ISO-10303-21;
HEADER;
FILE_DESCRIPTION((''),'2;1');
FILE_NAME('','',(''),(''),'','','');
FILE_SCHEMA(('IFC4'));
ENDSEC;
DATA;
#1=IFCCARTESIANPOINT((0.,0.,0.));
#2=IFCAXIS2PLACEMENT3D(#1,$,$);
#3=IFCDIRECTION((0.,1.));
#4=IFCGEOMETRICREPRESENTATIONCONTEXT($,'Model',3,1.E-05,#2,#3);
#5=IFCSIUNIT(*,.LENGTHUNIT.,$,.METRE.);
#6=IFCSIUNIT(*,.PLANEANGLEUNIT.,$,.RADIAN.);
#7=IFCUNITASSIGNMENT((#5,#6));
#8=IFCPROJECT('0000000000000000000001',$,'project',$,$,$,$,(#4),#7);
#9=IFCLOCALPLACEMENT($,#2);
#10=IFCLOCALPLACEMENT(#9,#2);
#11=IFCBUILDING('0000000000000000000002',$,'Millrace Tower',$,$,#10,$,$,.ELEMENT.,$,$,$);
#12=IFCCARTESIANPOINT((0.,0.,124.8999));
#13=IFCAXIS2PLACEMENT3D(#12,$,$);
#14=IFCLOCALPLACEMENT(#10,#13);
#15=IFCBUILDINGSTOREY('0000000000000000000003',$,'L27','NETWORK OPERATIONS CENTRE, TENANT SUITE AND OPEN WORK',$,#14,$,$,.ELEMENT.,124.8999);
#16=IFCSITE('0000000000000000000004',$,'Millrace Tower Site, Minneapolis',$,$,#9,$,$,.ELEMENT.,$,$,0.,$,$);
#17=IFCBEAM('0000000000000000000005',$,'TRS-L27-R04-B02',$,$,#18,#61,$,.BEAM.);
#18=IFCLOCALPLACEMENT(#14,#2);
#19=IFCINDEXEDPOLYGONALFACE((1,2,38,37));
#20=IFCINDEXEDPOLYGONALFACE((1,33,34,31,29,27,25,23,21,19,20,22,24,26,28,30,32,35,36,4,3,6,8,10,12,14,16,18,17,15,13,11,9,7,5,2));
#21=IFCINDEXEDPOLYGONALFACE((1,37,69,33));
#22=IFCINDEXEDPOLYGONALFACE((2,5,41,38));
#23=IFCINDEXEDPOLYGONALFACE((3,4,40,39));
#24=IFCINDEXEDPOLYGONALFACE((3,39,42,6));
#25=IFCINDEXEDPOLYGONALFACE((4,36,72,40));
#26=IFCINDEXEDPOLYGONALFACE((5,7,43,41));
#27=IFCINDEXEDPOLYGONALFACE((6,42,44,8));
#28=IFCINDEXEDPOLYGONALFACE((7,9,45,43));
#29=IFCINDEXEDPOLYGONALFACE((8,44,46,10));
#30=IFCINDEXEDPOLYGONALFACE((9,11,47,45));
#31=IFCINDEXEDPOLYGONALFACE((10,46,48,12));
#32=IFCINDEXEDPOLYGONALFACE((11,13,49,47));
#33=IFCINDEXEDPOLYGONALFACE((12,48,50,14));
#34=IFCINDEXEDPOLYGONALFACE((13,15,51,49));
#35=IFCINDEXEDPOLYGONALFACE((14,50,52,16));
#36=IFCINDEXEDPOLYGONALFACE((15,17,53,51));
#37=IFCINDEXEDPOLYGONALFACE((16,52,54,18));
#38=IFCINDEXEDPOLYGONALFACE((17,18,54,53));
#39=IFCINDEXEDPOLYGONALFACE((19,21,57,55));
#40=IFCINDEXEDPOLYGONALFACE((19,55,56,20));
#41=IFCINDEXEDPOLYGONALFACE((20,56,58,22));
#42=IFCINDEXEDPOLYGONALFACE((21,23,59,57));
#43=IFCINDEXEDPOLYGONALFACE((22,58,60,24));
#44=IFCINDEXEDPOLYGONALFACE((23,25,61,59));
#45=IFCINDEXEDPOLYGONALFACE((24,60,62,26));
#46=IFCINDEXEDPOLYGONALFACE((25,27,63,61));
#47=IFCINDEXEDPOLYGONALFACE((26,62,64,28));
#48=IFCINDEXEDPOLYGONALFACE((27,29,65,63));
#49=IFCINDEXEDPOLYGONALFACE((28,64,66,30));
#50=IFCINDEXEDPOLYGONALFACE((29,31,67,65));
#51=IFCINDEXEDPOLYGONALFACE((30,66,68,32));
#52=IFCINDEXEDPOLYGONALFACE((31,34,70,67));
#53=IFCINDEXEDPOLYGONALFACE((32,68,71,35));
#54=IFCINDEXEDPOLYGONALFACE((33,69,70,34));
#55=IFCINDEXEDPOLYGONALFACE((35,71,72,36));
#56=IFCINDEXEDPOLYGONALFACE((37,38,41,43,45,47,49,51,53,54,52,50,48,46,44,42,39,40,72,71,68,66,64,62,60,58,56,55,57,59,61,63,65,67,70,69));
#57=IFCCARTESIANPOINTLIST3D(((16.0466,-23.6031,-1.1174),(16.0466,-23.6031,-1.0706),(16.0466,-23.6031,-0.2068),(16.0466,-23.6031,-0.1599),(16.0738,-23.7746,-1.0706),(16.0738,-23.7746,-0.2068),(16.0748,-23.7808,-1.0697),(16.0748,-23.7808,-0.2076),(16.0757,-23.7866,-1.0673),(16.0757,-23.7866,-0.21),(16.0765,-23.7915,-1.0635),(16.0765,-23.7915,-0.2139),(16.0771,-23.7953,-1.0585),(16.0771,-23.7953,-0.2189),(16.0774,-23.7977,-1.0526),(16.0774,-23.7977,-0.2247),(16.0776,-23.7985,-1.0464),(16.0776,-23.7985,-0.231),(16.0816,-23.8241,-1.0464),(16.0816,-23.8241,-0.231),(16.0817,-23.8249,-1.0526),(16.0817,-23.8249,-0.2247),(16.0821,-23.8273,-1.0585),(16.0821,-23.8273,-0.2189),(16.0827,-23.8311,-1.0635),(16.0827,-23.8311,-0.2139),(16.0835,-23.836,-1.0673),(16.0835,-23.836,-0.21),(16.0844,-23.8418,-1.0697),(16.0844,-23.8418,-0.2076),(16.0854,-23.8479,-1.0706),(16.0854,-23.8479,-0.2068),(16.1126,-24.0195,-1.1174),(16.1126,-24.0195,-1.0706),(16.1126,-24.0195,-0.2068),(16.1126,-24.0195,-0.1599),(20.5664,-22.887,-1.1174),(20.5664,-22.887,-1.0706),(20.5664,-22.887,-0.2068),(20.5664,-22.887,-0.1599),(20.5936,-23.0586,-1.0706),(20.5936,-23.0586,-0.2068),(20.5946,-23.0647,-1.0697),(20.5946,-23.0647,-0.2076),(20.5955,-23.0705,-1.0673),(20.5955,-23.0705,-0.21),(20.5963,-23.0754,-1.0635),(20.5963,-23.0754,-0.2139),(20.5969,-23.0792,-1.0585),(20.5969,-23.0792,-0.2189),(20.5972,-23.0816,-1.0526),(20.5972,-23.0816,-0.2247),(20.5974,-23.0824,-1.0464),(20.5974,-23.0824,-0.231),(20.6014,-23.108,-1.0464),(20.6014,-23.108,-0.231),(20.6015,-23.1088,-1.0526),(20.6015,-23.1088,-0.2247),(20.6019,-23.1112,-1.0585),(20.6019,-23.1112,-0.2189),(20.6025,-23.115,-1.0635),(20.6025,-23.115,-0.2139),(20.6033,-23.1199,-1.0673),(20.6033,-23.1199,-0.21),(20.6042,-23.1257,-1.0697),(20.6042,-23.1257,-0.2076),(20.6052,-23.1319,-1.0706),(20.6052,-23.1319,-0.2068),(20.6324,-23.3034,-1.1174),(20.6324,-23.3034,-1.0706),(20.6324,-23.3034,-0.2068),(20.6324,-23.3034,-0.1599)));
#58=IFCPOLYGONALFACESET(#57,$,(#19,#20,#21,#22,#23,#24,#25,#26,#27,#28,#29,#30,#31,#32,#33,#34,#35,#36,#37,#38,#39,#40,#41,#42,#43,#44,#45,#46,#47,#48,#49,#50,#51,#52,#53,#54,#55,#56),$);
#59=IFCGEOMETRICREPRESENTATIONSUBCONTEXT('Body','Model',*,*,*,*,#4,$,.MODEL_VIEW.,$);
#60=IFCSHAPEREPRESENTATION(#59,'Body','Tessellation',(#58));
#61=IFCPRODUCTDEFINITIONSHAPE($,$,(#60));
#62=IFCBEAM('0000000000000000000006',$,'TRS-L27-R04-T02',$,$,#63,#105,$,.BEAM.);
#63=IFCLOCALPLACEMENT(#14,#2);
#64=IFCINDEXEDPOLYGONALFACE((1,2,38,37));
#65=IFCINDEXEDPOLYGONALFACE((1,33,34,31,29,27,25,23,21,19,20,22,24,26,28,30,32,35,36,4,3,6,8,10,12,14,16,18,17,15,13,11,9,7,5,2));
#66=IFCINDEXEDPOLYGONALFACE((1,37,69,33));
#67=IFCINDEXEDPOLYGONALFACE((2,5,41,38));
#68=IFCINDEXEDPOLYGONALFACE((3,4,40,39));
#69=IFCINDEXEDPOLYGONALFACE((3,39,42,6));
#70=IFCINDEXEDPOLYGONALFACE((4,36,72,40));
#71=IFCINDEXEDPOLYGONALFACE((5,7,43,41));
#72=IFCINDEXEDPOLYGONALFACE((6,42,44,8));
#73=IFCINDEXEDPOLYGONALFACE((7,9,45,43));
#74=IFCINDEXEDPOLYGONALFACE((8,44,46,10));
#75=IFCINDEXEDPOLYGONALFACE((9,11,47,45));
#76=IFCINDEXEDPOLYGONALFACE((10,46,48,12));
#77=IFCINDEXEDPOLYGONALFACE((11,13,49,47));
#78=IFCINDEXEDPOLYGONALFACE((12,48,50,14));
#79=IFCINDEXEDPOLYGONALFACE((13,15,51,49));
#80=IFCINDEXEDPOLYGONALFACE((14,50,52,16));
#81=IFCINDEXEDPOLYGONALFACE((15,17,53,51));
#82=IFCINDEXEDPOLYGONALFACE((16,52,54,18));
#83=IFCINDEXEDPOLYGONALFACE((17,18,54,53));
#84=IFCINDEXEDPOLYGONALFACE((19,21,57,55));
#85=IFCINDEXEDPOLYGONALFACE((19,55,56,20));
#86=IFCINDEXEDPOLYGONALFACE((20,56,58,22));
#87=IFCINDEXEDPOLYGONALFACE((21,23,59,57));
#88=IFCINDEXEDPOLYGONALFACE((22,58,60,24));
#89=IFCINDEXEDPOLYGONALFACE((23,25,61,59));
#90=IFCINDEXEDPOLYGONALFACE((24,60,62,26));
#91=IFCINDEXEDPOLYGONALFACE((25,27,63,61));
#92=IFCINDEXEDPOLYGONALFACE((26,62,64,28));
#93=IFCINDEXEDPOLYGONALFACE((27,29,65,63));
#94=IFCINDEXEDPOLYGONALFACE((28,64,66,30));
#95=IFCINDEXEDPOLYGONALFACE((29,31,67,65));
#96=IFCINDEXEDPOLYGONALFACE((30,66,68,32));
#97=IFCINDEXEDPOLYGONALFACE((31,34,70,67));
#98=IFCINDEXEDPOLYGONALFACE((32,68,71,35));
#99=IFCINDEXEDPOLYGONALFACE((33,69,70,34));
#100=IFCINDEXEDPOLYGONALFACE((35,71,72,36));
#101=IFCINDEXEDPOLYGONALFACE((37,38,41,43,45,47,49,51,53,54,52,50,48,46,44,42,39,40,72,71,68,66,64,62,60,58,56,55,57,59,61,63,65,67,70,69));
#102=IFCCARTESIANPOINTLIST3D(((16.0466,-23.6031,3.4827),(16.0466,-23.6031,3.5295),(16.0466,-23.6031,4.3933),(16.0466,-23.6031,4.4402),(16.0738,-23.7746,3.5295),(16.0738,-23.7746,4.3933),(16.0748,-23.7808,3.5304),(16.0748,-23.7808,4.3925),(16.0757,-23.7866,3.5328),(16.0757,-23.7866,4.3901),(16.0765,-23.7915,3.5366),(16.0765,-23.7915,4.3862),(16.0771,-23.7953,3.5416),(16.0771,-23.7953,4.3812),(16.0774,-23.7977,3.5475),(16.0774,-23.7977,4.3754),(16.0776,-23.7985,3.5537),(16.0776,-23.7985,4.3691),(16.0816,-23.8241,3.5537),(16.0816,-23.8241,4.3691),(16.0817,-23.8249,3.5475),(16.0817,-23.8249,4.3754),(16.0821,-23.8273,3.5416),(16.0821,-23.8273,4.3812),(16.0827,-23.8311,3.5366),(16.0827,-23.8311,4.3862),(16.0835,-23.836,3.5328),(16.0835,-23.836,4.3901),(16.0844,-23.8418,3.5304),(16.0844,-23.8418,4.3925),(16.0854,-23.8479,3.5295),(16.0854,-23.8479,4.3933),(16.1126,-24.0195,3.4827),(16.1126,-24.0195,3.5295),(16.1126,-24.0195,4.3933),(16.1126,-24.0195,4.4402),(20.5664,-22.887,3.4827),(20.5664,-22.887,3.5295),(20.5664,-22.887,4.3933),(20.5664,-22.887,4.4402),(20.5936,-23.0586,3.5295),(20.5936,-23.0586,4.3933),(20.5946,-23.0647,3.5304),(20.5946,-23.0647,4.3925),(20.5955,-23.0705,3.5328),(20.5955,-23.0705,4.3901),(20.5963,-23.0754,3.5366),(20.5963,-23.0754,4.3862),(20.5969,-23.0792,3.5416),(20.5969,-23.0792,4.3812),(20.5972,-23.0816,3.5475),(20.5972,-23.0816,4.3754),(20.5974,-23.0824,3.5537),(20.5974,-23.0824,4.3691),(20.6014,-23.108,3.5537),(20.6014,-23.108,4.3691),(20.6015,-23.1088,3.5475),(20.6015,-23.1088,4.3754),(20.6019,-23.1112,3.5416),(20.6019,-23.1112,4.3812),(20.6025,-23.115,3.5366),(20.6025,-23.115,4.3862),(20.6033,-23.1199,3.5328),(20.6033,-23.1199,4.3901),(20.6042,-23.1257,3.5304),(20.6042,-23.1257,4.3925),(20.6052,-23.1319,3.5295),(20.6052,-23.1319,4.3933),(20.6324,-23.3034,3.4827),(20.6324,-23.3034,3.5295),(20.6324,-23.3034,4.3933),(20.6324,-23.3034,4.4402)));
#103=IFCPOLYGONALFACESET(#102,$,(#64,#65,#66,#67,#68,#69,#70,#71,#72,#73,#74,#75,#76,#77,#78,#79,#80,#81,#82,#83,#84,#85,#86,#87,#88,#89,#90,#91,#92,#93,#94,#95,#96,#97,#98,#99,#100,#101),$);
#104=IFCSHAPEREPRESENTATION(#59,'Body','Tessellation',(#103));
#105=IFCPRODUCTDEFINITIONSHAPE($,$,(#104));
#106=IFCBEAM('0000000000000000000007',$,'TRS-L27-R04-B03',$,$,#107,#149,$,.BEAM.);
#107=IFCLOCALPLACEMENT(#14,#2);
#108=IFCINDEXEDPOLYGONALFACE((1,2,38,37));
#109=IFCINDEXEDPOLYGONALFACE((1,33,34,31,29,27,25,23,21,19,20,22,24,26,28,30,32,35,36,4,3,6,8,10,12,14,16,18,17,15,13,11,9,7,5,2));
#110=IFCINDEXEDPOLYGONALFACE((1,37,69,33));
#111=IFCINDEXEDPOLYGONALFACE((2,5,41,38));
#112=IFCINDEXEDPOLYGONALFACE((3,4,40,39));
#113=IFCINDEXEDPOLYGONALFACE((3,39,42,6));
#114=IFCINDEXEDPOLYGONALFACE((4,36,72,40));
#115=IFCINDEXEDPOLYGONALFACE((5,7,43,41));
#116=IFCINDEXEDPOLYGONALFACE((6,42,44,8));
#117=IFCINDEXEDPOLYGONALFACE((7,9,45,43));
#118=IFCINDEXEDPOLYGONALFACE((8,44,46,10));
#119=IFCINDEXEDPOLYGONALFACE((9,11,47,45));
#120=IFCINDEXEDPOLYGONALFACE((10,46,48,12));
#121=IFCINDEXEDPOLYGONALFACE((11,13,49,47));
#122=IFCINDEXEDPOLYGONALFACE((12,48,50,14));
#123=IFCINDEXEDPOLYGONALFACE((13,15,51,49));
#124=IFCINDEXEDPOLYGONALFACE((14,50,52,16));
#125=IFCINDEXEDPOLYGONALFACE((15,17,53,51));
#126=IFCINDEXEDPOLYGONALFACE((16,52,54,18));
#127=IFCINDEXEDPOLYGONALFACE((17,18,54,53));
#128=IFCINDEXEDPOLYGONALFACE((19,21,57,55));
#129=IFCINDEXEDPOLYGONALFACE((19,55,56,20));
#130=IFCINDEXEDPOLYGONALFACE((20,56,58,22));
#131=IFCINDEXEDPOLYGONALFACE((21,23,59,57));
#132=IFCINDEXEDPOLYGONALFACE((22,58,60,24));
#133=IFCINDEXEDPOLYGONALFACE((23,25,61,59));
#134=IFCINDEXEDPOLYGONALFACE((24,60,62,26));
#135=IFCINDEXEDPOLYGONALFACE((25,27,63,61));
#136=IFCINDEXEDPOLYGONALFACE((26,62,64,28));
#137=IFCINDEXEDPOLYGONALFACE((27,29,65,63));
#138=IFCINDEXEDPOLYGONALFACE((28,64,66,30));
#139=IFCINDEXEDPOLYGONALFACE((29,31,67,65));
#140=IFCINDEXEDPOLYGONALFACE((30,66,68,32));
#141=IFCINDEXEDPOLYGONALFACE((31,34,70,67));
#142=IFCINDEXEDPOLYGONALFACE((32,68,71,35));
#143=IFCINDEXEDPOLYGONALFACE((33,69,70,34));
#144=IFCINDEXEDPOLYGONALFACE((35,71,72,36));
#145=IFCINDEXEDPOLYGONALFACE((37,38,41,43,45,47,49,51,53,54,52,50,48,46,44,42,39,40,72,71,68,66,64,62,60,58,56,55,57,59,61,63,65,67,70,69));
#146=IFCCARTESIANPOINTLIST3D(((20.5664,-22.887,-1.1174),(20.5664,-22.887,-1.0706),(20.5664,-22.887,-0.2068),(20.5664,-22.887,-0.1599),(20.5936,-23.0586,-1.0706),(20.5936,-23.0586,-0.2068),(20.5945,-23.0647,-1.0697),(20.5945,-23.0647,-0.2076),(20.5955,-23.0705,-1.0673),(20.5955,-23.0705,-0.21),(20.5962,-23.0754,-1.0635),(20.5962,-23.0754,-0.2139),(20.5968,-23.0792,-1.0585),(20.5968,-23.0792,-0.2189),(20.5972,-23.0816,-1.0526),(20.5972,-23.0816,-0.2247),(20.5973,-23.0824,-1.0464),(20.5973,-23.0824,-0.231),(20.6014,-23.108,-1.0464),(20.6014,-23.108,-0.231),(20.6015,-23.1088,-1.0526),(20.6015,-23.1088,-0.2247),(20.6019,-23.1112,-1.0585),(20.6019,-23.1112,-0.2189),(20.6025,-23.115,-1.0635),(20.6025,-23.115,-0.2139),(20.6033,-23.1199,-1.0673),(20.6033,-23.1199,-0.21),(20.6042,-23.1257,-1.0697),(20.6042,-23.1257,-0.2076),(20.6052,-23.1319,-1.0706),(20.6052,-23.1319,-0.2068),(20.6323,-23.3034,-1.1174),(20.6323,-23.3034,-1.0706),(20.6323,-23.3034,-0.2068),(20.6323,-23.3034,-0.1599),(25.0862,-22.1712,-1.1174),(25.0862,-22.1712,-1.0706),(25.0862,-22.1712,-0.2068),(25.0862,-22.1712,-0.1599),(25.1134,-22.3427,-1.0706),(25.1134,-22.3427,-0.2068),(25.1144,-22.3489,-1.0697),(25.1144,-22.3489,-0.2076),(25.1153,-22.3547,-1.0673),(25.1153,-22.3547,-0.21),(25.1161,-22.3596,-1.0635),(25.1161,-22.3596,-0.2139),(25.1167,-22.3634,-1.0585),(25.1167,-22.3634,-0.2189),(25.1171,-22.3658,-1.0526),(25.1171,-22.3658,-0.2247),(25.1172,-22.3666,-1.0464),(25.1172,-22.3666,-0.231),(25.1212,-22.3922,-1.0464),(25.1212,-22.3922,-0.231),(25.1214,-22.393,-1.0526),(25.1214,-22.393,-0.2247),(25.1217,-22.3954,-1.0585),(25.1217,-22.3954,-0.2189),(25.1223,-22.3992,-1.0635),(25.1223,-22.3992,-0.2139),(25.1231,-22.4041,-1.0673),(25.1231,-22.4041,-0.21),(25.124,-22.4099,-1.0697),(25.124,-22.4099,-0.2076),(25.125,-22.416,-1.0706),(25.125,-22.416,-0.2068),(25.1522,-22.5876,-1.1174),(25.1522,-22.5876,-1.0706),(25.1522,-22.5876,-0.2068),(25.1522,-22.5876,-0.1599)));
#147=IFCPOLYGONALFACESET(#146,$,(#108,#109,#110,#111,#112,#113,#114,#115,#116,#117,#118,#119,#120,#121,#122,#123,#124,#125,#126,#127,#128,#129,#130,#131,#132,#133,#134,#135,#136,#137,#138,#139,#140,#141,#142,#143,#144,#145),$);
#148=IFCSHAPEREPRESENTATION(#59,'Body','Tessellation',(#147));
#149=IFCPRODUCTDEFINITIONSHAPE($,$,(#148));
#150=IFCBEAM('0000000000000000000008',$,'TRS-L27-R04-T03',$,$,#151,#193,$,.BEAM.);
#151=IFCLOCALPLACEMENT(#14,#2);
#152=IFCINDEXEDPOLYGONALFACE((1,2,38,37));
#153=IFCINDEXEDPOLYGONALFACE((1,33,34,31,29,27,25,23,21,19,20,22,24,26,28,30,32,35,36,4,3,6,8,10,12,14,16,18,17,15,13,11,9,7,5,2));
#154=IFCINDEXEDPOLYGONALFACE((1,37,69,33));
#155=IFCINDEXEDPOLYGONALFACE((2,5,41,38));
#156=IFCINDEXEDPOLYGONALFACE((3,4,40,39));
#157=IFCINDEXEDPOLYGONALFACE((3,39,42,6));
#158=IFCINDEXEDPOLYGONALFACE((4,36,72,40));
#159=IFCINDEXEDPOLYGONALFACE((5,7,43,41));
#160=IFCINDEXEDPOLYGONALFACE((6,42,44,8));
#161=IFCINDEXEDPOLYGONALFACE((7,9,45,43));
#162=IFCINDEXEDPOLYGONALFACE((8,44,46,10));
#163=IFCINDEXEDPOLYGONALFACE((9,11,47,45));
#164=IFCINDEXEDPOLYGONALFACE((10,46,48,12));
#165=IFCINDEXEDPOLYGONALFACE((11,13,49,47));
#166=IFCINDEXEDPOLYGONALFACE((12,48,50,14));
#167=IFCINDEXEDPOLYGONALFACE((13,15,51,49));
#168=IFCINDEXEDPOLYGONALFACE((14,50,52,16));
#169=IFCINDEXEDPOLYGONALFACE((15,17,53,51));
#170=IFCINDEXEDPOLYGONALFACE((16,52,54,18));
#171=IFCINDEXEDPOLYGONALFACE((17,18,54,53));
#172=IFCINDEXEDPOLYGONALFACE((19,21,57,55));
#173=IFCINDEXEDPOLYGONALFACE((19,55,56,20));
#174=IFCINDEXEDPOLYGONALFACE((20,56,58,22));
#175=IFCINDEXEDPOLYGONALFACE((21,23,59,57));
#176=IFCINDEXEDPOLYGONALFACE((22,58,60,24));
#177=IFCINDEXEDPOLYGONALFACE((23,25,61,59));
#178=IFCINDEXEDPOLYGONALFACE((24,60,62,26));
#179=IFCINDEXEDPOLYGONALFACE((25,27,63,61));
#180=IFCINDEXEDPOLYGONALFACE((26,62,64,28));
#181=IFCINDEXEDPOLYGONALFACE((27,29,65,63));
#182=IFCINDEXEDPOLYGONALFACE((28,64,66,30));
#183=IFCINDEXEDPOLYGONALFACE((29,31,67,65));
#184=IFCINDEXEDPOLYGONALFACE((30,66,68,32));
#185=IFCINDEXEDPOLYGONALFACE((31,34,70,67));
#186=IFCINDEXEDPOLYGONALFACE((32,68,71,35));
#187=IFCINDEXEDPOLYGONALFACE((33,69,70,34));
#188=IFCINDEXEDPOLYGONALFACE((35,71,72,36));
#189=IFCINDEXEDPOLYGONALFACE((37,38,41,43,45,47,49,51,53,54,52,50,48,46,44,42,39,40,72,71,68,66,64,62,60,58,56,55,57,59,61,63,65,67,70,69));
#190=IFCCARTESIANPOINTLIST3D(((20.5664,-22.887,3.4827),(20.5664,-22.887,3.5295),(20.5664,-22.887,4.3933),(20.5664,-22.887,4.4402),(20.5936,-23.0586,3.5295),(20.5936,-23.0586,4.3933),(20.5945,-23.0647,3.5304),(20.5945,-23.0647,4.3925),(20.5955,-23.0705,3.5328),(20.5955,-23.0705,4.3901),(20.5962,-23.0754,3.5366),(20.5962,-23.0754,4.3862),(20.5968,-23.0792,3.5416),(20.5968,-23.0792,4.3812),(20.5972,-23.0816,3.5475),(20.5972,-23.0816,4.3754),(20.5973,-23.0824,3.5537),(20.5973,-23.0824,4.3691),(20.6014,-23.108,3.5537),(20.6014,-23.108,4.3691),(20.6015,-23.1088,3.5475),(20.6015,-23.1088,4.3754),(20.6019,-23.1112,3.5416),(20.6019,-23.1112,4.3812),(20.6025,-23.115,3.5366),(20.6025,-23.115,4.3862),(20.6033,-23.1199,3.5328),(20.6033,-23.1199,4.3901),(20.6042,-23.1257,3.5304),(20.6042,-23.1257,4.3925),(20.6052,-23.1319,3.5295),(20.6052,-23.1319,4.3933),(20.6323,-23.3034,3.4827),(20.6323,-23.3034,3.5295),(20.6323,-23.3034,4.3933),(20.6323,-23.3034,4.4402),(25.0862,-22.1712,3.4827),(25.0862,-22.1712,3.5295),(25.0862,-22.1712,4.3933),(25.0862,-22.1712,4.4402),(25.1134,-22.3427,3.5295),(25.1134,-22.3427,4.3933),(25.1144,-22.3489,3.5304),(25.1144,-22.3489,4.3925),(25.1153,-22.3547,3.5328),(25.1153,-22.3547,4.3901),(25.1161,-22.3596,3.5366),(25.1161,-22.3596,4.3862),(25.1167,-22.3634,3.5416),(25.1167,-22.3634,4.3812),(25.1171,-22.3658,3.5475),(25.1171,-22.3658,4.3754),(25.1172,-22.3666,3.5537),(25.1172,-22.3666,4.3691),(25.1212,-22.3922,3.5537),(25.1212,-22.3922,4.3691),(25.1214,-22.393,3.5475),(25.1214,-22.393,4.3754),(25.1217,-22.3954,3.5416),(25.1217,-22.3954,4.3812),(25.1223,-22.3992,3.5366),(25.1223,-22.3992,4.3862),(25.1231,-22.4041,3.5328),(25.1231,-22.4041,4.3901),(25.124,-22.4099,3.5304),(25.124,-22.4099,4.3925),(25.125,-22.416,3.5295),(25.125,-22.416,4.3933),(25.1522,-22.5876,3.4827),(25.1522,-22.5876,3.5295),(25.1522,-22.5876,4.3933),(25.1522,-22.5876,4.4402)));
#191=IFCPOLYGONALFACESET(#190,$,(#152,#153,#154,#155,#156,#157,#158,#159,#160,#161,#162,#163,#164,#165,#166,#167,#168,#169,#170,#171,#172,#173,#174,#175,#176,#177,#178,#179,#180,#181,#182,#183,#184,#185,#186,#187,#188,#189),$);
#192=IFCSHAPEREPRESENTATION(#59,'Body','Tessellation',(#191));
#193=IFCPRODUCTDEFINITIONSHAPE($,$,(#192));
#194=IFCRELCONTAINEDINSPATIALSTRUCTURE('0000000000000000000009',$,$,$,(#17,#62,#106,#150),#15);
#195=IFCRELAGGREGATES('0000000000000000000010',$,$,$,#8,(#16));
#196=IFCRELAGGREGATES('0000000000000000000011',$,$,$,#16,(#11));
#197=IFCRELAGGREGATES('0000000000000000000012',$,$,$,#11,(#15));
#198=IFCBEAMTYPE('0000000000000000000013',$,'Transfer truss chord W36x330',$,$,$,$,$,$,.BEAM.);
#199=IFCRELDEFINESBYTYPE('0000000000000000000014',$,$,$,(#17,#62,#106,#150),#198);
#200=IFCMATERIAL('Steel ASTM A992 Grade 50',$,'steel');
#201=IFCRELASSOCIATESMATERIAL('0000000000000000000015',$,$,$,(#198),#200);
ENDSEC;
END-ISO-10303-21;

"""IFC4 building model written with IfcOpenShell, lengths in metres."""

from ifc_helpers import new_model, si_unit, direction, frame, origin, origin_2d, place, context, subcontext, project, spatial, i_section, extrude, material, material_profile, profile_set, type_object, element, save


model = new_model("IFC4")

# Units and contexts
model_context = context("Model", 3, precision=1e-05, world=origin(), true_north=direction((0.0, 1.0)))
body_context = subcontext(model_context, "Body", "Model", "MODEL_VIEW")
ifc_project = project(units=[si_unit("LENGTHUNIT", "METRE"), si_unit("PLANEANGLEUNIT", "RADIAN")], contexts=[model_context])

# Site, building, storey
site_placement = place(None, origin())
site = spatial("IfcSite", under=ifc_project, at=site_placement, Name="Millrace Tower Site, Minneapolis", CompositionType="ELEMENT", RefElevation=0.0)
building_placement = place(site_placement, origin())
building = spatial("IfcBuilding", under=site, at=building_placement, Name="Millrace Tower", CompositionType="ELEMENT")
storey_placement = place(building_placement, frame((0.0, 0.0, 124.8999)))
storey = spatial("IfcBuildingStorey", under=building, at=storey_placement, Name="L27", Description="NETWORK OPERATIONS CENTRE, TENANT SUITE AND OPEN WORK", CompositionType="ELEMENT", Elevation=124.8999)

# Beams
ifc_material_1 = material(Name="Steel ASTM A992 Grade 50", Category="steel")
ifc_material_profile_1 = material_profile(ifc_material_1, i_section(OverallWidth=0.4216, OverallDepth=0.9575, WebThickness=0.0259, FlangeThickness=0.0469, FilletRadius=0.0242, at=origin_2d()))
ifc_profile_set_1 = profile_set([ifc_material_profile_1], Name="Steel ASTM A992 Grade 50")
beam_type_1 = type_object("IfcBeamType", Name="Transfer truss chord W36x330", PredefinedType="BEAM", material=ifc_profile_set_1)
for number, where, z_axis, x_axis, name in (
    (1, (16.0796, -23.8113, -0.6387), (0.987682, 0.156478, 0.0), (-0.156478, 0.987682, 0.0), "TRS-L27-R04-B02"),
    (2, (16.0796, -23.8113, 3.9614), (0.987682, 0.156478, 0.0), (-0.156478, 0.987682, 0.0), "TRS-L27-R04-T02"),
    (3, (20.5994, -23.0952, -0.6387), (0.98769, 0.156426, 0.0), (-0.156426, 0.98769, 0.0), "TRS-L27-R04-B03"),
    (4, (20.5994, -23.0952, 3.9614), (0.98769, 0.156426, 0.0), (-0.156426, 0.98769, 0.0), "TRS-L27-R04-T03"),
):
    element("IfcBeam", number, at=place(storey_placement, frame(where, z_axis=z_axis, x_axis=x_axis)), inside=storey, type_object=beam_type_1, Name=name, PredefinedType="BEAM", context=body_context, shape_type="SweptSolid", body=[
        extrude(i_section(OverallWidth=0.4216, OverallDepth=0.9575, WebThickness=0.0259, FlangeThickness=0.0469, FilletRadius=0.0242, at=origin_2d()), origin(), (0.0, 0.0, 1.0), 4.5762),
    ])

save(model, "model.ifc")
